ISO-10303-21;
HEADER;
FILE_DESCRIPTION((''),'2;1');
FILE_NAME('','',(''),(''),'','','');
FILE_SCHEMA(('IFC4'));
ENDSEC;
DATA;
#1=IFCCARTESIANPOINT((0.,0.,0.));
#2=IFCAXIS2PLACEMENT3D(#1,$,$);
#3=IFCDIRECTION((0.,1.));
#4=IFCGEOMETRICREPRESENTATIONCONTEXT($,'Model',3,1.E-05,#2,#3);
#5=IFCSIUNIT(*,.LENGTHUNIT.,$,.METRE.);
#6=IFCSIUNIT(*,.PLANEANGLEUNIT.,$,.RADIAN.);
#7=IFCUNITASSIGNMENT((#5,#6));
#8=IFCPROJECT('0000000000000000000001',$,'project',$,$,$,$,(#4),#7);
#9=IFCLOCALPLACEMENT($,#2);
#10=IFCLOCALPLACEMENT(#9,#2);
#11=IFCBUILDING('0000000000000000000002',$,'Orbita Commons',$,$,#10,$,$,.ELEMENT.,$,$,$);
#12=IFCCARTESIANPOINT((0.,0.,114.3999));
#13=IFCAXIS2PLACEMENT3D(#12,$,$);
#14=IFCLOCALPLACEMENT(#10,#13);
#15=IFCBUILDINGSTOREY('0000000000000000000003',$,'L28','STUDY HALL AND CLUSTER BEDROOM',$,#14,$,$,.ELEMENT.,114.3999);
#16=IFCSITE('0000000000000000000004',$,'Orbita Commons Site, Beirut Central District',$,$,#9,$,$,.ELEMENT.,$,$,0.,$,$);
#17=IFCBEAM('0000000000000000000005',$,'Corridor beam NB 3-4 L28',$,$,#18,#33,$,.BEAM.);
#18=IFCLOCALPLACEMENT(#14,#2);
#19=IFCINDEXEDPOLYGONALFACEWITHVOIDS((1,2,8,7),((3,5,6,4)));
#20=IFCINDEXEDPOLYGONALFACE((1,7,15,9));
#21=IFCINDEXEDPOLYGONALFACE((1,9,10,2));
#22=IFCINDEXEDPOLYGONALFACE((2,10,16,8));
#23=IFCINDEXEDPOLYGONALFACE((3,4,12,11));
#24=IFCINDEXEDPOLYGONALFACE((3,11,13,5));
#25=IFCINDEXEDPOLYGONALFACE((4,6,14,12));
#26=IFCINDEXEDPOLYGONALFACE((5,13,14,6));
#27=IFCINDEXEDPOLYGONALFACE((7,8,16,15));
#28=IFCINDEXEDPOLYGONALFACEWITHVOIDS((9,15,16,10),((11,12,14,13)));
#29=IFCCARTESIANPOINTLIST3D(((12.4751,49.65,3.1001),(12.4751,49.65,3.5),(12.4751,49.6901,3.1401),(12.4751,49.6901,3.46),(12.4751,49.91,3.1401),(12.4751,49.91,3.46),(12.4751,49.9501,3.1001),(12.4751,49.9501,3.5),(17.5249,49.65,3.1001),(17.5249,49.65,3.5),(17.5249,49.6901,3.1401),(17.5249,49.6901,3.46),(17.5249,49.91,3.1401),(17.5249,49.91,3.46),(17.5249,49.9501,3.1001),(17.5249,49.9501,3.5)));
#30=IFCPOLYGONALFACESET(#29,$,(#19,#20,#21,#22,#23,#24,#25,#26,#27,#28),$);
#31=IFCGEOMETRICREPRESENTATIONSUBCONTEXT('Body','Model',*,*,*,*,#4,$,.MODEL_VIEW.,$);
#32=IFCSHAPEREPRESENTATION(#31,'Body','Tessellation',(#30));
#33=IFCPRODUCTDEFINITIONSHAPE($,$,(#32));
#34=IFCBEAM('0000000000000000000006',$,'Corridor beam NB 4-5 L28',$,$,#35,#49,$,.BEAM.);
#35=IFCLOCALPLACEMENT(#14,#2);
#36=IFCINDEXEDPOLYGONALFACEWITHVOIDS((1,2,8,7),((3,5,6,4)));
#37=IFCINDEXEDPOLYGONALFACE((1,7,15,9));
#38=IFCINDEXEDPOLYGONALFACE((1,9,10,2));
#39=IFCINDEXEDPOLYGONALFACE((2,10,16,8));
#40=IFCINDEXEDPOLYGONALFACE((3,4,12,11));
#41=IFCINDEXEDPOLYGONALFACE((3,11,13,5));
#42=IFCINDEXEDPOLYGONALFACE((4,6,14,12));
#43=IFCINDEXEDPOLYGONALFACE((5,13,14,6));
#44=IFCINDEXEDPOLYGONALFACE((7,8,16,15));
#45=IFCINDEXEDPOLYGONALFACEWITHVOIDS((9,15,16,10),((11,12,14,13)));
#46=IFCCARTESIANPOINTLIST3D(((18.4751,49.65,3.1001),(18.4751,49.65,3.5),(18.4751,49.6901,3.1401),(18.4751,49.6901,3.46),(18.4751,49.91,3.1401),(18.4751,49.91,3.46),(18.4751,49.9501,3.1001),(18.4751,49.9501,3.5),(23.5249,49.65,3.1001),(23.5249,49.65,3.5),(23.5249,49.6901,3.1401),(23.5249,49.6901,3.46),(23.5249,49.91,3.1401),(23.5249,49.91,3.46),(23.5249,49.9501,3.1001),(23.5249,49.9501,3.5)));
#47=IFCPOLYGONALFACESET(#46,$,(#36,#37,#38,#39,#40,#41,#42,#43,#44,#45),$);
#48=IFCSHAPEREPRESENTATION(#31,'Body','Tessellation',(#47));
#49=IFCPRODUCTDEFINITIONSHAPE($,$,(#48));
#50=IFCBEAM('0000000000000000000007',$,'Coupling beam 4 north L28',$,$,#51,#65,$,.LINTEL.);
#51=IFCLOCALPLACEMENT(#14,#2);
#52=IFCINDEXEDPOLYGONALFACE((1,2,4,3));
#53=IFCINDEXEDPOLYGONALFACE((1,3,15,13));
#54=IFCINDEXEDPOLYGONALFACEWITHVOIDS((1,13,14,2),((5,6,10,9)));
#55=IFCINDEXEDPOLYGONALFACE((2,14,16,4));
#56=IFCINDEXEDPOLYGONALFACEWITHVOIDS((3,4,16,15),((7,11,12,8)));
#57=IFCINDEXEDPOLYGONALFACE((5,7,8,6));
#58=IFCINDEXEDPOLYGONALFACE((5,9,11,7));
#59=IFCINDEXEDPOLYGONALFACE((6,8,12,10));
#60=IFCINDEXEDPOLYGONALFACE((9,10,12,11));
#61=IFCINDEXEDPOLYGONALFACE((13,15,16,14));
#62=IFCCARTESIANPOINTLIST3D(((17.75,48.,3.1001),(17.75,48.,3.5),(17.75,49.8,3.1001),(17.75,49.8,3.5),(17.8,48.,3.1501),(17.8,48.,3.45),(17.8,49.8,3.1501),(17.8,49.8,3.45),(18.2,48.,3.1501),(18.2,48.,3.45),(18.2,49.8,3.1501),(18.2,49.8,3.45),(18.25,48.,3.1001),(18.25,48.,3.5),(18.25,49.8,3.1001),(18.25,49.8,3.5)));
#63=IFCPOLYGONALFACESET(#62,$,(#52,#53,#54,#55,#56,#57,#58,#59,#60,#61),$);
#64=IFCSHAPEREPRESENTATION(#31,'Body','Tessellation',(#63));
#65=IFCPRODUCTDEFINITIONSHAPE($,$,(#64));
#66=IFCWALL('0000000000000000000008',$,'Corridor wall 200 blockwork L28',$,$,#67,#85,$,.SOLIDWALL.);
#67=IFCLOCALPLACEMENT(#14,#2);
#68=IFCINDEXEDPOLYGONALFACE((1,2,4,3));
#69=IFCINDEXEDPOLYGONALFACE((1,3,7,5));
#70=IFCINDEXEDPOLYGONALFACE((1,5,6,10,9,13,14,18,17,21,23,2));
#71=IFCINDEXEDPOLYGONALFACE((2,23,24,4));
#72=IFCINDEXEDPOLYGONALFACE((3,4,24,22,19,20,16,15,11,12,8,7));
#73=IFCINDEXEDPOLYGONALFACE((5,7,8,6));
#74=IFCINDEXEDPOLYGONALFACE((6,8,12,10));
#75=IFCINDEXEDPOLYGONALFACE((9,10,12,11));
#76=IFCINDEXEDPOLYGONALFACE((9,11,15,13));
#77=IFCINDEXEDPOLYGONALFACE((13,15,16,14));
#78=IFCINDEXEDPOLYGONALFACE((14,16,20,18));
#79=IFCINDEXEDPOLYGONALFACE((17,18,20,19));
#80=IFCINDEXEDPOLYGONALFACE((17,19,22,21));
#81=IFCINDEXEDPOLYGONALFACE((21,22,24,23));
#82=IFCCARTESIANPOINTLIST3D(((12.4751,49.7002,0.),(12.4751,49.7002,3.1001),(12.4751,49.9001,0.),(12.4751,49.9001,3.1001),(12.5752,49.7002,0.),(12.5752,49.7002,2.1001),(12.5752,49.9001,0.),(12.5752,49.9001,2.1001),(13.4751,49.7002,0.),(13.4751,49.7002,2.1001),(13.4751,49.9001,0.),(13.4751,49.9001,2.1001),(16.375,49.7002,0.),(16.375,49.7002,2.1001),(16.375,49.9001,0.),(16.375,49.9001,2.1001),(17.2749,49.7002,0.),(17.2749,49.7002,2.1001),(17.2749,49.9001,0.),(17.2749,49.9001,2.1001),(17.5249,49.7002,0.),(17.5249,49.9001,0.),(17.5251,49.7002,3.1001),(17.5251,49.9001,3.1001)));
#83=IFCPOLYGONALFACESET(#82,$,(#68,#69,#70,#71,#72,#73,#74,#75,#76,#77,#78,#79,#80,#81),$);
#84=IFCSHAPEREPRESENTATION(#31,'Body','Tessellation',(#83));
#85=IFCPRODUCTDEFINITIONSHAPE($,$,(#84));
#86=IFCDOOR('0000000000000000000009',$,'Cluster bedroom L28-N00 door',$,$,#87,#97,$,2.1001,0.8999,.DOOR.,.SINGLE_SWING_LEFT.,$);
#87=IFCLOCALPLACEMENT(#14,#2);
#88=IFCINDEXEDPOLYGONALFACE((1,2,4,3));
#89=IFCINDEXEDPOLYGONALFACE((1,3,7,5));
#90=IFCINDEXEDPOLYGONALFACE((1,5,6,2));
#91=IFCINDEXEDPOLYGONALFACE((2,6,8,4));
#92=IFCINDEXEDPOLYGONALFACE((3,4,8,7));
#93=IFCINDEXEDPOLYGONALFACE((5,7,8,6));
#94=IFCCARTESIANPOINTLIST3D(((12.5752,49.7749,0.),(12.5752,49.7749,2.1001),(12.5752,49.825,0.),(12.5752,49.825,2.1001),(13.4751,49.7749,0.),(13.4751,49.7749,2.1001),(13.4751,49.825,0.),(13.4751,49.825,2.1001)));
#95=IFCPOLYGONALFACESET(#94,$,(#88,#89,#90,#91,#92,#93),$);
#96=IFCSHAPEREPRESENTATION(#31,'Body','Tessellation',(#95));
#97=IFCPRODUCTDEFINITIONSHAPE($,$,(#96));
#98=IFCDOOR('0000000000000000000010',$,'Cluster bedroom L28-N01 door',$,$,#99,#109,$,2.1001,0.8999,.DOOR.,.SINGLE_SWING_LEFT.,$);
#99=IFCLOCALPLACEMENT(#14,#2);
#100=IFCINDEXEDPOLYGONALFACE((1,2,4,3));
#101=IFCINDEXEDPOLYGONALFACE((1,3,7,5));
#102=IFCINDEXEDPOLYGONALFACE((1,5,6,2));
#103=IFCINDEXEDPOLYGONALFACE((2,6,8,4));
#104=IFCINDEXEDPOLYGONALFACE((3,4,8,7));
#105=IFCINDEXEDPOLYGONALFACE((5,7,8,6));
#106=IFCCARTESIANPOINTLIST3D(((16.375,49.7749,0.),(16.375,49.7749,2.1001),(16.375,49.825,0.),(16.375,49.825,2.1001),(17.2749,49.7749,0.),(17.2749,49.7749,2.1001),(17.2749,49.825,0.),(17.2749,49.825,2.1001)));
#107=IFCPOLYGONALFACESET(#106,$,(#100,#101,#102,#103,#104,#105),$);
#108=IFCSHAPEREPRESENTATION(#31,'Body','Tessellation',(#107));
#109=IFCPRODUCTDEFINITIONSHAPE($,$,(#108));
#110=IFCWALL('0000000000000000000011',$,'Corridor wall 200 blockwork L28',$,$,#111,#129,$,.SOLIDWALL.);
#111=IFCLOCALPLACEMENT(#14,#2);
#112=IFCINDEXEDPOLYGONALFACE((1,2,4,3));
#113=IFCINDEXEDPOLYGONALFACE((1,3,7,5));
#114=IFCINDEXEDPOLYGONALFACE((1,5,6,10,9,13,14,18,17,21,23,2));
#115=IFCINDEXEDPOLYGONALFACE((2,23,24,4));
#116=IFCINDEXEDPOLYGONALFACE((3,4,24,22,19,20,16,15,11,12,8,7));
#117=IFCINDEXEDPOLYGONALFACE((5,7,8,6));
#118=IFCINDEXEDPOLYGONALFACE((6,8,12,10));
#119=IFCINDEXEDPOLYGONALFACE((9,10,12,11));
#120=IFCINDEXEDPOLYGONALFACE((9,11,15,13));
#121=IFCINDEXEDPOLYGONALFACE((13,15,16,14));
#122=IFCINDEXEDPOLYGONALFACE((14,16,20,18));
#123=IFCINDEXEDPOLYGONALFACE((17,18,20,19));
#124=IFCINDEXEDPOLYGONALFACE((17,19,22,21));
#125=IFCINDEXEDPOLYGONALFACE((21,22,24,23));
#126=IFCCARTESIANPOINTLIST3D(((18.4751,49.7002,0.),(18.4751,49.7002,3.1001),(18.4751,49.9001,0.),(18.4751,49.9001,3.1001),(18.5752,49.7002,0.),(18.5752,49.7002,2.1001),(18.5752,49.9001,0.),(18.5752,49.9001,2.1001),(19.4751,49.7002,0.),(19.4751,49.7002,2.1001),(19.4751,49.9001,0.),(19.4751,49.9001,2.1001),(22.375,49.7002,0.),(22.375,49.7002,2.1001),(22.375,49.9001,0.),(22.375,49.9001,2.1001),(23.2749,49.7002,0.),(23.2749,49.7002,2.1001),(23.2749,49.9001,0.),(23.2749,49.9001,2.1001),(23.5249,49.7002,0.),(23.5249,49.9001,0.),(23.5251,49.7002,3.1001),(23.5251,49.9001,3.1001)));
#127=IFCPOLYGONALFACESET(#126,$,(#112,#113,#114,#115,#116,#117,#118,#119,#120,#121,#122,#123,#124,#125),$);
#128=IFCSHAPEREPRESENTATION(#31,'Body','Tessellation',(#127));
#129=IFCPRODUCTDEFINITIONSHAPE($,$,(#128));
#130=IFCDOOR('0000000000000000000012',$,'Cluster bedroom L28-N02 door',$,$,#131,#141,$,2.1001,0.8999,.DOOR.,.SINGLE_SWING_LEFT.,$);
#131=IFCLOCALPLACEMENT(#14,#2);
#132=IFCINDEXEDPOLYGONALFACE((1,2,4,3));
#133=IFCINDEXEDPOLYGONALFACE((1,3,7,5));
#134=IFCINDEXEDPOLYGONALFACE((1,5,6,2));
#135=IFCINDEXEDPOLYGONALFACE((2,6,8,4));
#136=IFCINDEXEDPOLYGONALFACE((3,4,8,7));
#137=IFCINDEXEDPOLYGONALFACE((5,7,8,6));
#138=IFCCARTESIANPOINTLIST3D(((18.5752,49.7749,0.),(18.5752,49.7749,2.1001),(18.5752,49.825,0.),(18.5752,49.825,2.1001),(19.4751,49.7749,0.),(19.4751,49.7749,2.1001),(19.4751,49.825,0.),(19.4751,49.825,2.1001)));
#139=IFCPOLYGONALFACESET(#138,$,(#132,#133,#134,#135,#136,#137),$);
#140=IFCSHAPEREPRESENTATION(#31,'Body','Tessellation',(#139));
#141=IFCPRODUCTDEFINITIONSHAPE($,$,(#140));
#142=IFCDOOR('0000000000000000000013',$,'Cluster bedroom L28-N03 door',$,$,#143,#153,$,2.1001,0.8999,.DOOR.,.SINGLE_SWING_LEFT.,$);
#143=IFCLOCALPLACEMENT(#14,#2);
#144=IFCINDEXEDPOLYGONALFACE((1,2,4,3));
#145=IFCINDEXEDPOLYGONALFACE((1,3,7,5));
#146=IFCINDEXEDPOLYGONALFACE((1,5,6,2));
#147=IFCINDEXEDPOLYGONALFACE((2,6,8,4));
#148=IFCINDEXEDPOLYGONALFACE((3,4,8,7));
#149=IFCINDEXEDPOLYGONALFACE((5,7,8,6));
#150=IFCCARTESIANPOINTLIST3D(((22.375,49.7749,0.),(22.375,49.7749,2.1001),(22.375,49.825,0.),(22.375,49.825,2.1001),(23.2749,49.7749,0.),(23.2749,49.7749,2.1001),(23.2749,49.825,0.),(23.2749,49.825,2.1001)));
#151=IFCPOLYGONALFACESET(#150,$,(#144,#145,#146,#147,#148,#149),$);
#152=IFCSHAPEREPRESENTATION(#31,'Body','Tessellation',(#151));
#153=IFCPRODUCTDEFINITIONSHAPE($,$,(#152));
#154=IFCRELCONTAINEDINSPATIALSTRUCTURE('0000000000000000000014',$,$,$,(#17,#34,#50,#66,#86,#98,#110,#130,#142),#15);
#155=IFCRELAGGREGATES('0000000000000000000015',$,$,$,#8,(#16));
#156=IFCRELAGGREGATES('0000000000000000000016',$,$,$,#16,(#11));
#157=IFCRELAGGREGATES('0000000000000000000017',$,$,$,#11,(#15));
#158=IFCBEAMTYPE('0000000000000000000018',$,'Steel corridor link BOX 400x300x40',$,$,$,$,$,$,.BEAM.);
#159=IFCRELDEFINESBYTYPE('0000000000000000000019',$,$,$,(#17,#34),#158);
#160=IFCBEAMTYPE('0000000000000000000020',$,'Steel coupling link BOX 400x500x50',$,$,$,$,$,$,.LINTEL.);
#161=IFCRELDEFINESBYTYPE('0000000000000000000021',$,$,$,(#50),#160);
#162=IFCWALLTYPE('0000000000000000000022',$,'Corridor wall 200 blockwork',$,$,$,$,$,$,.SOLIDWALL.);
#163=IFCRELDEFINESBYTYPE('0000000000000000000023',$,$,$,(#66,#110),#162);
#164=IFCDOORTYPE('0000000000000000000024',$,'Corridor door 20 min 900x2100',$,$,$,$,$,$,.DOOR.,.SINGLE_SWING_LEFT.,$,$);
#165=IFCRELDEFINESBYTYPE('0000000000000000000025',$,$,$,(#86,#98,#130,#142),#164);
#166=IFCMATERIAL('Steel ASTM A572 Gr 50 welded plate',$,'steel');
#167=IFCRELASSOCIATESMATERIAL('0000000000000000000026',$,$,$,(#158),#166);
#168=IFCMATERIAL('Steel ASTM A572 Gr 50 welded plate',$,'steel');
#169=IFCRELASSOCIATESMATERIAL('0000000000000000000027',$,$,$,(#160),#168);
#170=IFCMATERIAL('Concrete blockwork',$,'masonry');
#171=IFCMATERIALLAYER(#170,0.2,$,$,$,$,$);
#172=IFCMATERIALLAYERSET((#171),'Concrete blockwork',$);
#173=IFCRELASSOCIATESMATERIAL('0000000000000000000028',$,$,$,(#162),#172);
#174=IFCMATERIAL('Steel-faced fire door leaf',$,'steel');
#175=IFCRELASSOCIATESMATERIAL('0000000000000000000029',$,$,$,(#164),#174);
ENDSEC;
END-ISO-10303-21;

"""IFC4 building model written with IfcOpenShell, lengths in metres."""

from ifc_helpers import new_model, si_unit, direction, frame, frame_2d, origin, origin_2d, place, context, subcontext, project, spatial, polyline, rectangle, hollow_rectangle, outline, extrude, material, layer, layer_set, material_profile, profile_set, type_object, element, fill, save


model = new_model("IFC4")

# Units and contexts
model_context = context("Model", 3, precision=1e-05, world=origin(), true_north=direction((0.0, 1.0)))
body_context = subcontext(model_context, "Body", "Model", "MODEL_VIEW")
ifc_project = project(units=[si_unit("LENGTHUNIT", "METRE"), si_unit("PLANEANGLEUNIT", "RADIAN")], contexts=[model_context])

# Site, building, storey
site_placement = place(None, origin())
site = spatial("IfcSite", under=ifc_project, at=site_placement, Name="Orbita Commons Site, Beirut Central District", CompositionType="ELEMENT", RefElevation=0.0)
building_placement = place(site_placement, origin())
building = spatial("IfcBuilding", under=site, at=building_placement, Name="Orbita Commons", CompositionType="ELEMENT")
storey_placement = place(building_placement, frame((0.0, 0.0, 114.3999)))
storey = spatial("IfcBuildingStorey", under=building, at=storey_placement, Name="L28", Description="STUDY HALL AND CLUSTER BEDROOM", CompositionType="ELEMENT", Elevation=114.3999)

# Beams
ifc_material_1 = material(Name="Steel ASTM A572 Gr 50 welded plate", Category="steel")
ifc_material_profile_1 = material_profile(ifc_material_1, hollow_rectangle(XDim=0.3, YDim=0.3999, WallThickness=0.04, at=origin_2d()), Name="BOX 400x300x40")
ifc_profile_set_1 = profile_set([ifc_material_profile_1], Name="Steel ASTM A572 Gr 50 welded plate")
beam_type_1 = type_object("IfcBeamType", Name="Steel corridor link BOX 400x300x40", PredefinedType="BEAM", material=ifc_profile_set_1)
for number, where, z_axis, x_axis, name in (
    (1, (12.4751, 49.8, 3.3), (1.0, 0.0, 0.0), (0.0, 1.0, 0.0), "Corridor beam NB 3-4 L28"),
    (2, (18.4751, 49.8, 3.3), (1.0, 0.0, 0.0), (0.0, 1.0, 0.0), "Corridor beam NB 4-5 L28"),
):
    element("IfcBeam", number, at=place(storey_placement, frame(where, z_axis=z_axis, x_axis=x_axis)), inside=storey, type_object=beam_type_1, Name=name, PredefinedType="BEAM", context=body_context, shape_type="SweptSolid", body=[
        extrude(hollow_rectangle(XDim=0.3, YDim=0.3999, WallThickness=0.04, at=origin_2d()), origin(), (0.0, 0.0, 1.0), 5.0498),
    ])
ifc_material_2 = material(Name="Steel ASTM A572 Gr 50 welded plate", Category="steel")
ifc_material_profile_2 = material_profile(ifc_material_2, hollow_rectangle(XDim=0.5, YDim=0.3999, WallThickness=0.05, at=origin_2d()), Name="BOX 400x500x50")
ifc_profile_set_2 = profile_set([ifc_material_profile_2], Name="Steel ASTM A572 Gr 50 welded plate")
beam_type_2 = type_object("IfcBeamType", Name="Steel coupling link BOX 400x500x50", PredefinedType="LINTEL", material=ifc_profile_set_2)
beam_placement = place(storey_placement, frame((18.0, 48.0, 3.3), z_axis=(0.0, 1.0, 0.0), x_axis=(-1.0, 0.0, 0.0)))
element("IfcBeam", 3, at=beam_placement, inside=storey, type_object=beam_type_2, Name="Coupling beam 4 north L28", PredefinedType="LINTEL", context=body_context, shape_type="SweptSolid", body=[
    extrude(hollow_rectangle(XDim=0.5, YDim=0.3999, WallThickness=0.05, at=origin_2d()), origin(), (0.0, 0.0, 1.0), 1.8),
])

# Walls, openings, doors
ifc_material_3 = material(Name="Concrete blockwork", Category="masonry")
ifc_layer_1 = layer(ifc_material_3, 0.2)
ifc_layer_set_1 = layer_set([ifc_layer_1], Name="Concrete blockwork")
wall_type_1 = type_object("IfcWallType", Name="Corridor wall 200 blockwork", PredefinedType="SOLIDWALL", material=ifc_layer_set_1)
wall_1_placement = place(storey_placement, frame((12.4751, 49.8, 0.0), z_axis=(0.0, 0.0, 1.0), x_axis=(1.0, 0.0, 0.0)))
wall_1 = element("IfcWall", 4, at=wall_1_placement, inside=storey, type_object=wall_type_1, Name="Corridor wall 200 blockwork L28", PredefinedType="SOLIDWALL", context=body_context, shape_type="SweptSolid", body=[
    extrude(outline(polyline([(0.0, 0.0), (5.0498, 0.0), (5.05, 3.1001), (0.0, 3.1001), (0.0, 0.0)])), frame((0.0, 0.1001, 0.0), z_axis=(0.0, -1.0, 0.0), x_axis=(1.0, 0.0, 0.0)), (0.0, 0.0, 1.0), 0.2),
])
opening_1_placement = place(wall_1_placement, frame((0.1001, 0.0, 0.0)))
opening_1 = element("IfcOpeningElement", 5, at=opening_1_placement, cuts=wall_1, PredefinedType="OPENING", context=body_context, shape_type="SweptSolid", body=[
    extrude(rectangle(XDim=0.8999, YDim=2.1001, at=frame_2d((0.45, 1.05))), frame((0.0, 0.1099, 0.0), z_axis=(0.0, -1.0, 0.0), x_axis=(1.0, 0.0, 0.0)), (0.0, 0.0, 1.0), 0.22),
])
opening_2_placement = place(wall_1_placement, frame((3.8999, 0.0, 0.0)))
opening_2 = element("IfcOpeningElement", 6, at=opening_2_placement, cuts=wall_1, PredefinedType="OPENING", context=body_context, shape_type="SweptSolid", body=[
    extrude(rectangle(XDim=0.8999, YDim=2.1001, at=frame_2d((0.45, 1.05))), frame((0.0, 0.1099, 0.0), z_axis=(0.0, -1.0, 0.0), x_axis=(1.0, 0.0, 0.0)), (0.0, 0.0, 1.0), 0.22),
])
ifc_material_4 = material(Name="Steel-faced fire door leaf", Category="steel")
door_type_1 = type_object("IfcDoorType", Name="Corridor door 20 min 900x2100", OperationType="SINGLE_SWING_LEFT", PredefinedType="DOOR", material=ifc_material_4)
door_1_placement = place(opening_1_placement, origin())
door_1 = element("IfcDoor", 7, at=door_1_placement, inside=storey, type_object=door_type_1, Name="Cluster bedroom L28-N00 door", OperationType="SINGLE_SWING_LEFT", OverallHeight=2.1001, OverallWidth=0.8999, PredefinedType="DOOR", context=body_context, shape_type="SweptSolid", body=[
    extrude(rectangle(XDim=0.8999, YDim=2.1001, at=frame_2d((0.45, 1.05))), frame((0.0, 0.0249, 0.0), z_axis=(0.0, -1.0, 0.0), x_axis=(1.0, 0.0, 0.0)), (0.0, 0.0, 1.0), 0.05),
])
fill(opening_1, door_1)
door_2_placement = place(opening_2_placement, origin())
door_2 = element("IfcDoor", 8, at=door_2_placement, inside=storey, type_object=door_type_1, Name="Cluster bedroom L28-N01 door", OperationType="SINGLE_SWING_LEFT", OverallHeight=2.1001, OverallWidth=0.8999, PredefinedType="DOOR", context=body_context, shape_type="SweptSolid", body=[
    extrude(rectangle(XDim=0.8999, YDim=2.1001, at=frame_2d((0.45, 1.05))), frame((0.0, 0.0249, 0.0), z_axis=(0.0, -1.0, 0.0), x_axis=(1.0, 0.0, 0.0)), (0.0, 0.0, 1.0), 0.05),
])
fill(opening_2, door_2)
wall_2_placement = place(storey_placement, frame((18.4751, 49.8, 0.0), z_axis=(0.0, 0.0, 1.0), x_axis=(1.0, 0.0, 0.0)))
wall_2 = element("IfcWall", 9, at=wall_2_placement, inside=storey, type_object=wall_type_1, Name="Corridor wall 200 blockwork L28", PredefinedType="SOLIDWALL", context=body_context, shape_type="SweptSolid", body=[
    extrude(outline(polyline([(0.0, 0.0), (5.0498, 0.0), (5.05, 3.1001), (0.0, 3.1001), (0.0, 0.0)])), frame((0.0, 0.1001, 0.0), z_axis=(0.0, -1.0, 0.0), x_axis=(1.0, 0.0, 0.0)), (0.0, 0.0, 1.0), 0.2),
])
opening_3_placement = place(wall_2_placement, frame((0.1001, 0.0, 0.0)))
opening_3 = element("IfcOpeningElement", 10, at=opening_3_placement, cuts=wall_2, PredefinedType="OPENING", context=body_context, shape_type="SweptSolid", body=[
    extrude(rectangle(XDim=0.8999, YDim=2.1001, at=frame_2d((0.45, 1.05))), frame((0.0, 0.1099, 0.0), z_axis=(0.0, -1.0, 0.0), x_axis=(1.0, 0.0, 0.0)), (0.0, 0.0, 1.0), 0.22),
])
opening_4_placement = place(wall_2_placement, frame((3.8999, 0.0, 0.0)))
opening_4 = element("IfcOpeningElement", 11, at=opening_4_placement, cuts=wall_2, PredefinedType="OPENING", context=body_context, shape_type="SweptSolid", body=[
    extrude(rectangle(XDim=0.8999, YDim=2.1001, at=frame_2d((0.45, 1.05))), frame((0.0, 0.1099, 0.0), z_axis=(0.0, -1.0, 0.0), x_axis=(1.0, 0.0, 0.0)), (0.0, 0.0, 1.0), 0.22),
])
door_3_placement = place(opening_3_placement, origin())
door_3 = element("IfcDoor", 12, at=door_3_placement, inside=storey, type_object=door_type_1, Name="Cluster bedroom L28-N02 door", OperationType="SINGLE_SWING_LEFT", OverallHeight=2.1001, OverallWidth=0.8999, PredefinedType="DOOR", context=body_context, shape_type="SweptSolid", body=[
    extrude(rectangle(XDim=0.8999, YDim=2.1001, at=frame_2d((0.45, 1.05))), frame((0.0, 0.0249, 0.0), z_axis=(0.0, -1.0, 0.0), x_axis=(1.0, 0.0, 0.0)), (0.0, 0.0, 1.0), 0.05),
])
fill(opening_3, door_3)
door_4_placement = place(opening_4_placement, origin())
door_4 = element("IfcDoor", 13, at=door_4_placement, inside=storey, type_object=door_type_1, Name="Cluster bedroom L28-N03 door", OperationType="SINGLE_SWING_LEFT", OverallHeight=2.1001, OverallWidth=0.8999, PredefinedType="DOOR", context=body_context, shape_type="SweptSolid", body=[
    extrude(rectangle(XDim=0.8999, YDim=2.1001, at=frame_2d((0.45, 1.05))), frame((0.0, 0.0249, 0.0), z_axis=(0.0, -1.0, 0.0), x_axis=(1.0, 0.0, 0.0)), (0.0, 0.0, 1.0), 0.05),
])
fill(opening_4, door_4)

save(model, "model.ifc")
